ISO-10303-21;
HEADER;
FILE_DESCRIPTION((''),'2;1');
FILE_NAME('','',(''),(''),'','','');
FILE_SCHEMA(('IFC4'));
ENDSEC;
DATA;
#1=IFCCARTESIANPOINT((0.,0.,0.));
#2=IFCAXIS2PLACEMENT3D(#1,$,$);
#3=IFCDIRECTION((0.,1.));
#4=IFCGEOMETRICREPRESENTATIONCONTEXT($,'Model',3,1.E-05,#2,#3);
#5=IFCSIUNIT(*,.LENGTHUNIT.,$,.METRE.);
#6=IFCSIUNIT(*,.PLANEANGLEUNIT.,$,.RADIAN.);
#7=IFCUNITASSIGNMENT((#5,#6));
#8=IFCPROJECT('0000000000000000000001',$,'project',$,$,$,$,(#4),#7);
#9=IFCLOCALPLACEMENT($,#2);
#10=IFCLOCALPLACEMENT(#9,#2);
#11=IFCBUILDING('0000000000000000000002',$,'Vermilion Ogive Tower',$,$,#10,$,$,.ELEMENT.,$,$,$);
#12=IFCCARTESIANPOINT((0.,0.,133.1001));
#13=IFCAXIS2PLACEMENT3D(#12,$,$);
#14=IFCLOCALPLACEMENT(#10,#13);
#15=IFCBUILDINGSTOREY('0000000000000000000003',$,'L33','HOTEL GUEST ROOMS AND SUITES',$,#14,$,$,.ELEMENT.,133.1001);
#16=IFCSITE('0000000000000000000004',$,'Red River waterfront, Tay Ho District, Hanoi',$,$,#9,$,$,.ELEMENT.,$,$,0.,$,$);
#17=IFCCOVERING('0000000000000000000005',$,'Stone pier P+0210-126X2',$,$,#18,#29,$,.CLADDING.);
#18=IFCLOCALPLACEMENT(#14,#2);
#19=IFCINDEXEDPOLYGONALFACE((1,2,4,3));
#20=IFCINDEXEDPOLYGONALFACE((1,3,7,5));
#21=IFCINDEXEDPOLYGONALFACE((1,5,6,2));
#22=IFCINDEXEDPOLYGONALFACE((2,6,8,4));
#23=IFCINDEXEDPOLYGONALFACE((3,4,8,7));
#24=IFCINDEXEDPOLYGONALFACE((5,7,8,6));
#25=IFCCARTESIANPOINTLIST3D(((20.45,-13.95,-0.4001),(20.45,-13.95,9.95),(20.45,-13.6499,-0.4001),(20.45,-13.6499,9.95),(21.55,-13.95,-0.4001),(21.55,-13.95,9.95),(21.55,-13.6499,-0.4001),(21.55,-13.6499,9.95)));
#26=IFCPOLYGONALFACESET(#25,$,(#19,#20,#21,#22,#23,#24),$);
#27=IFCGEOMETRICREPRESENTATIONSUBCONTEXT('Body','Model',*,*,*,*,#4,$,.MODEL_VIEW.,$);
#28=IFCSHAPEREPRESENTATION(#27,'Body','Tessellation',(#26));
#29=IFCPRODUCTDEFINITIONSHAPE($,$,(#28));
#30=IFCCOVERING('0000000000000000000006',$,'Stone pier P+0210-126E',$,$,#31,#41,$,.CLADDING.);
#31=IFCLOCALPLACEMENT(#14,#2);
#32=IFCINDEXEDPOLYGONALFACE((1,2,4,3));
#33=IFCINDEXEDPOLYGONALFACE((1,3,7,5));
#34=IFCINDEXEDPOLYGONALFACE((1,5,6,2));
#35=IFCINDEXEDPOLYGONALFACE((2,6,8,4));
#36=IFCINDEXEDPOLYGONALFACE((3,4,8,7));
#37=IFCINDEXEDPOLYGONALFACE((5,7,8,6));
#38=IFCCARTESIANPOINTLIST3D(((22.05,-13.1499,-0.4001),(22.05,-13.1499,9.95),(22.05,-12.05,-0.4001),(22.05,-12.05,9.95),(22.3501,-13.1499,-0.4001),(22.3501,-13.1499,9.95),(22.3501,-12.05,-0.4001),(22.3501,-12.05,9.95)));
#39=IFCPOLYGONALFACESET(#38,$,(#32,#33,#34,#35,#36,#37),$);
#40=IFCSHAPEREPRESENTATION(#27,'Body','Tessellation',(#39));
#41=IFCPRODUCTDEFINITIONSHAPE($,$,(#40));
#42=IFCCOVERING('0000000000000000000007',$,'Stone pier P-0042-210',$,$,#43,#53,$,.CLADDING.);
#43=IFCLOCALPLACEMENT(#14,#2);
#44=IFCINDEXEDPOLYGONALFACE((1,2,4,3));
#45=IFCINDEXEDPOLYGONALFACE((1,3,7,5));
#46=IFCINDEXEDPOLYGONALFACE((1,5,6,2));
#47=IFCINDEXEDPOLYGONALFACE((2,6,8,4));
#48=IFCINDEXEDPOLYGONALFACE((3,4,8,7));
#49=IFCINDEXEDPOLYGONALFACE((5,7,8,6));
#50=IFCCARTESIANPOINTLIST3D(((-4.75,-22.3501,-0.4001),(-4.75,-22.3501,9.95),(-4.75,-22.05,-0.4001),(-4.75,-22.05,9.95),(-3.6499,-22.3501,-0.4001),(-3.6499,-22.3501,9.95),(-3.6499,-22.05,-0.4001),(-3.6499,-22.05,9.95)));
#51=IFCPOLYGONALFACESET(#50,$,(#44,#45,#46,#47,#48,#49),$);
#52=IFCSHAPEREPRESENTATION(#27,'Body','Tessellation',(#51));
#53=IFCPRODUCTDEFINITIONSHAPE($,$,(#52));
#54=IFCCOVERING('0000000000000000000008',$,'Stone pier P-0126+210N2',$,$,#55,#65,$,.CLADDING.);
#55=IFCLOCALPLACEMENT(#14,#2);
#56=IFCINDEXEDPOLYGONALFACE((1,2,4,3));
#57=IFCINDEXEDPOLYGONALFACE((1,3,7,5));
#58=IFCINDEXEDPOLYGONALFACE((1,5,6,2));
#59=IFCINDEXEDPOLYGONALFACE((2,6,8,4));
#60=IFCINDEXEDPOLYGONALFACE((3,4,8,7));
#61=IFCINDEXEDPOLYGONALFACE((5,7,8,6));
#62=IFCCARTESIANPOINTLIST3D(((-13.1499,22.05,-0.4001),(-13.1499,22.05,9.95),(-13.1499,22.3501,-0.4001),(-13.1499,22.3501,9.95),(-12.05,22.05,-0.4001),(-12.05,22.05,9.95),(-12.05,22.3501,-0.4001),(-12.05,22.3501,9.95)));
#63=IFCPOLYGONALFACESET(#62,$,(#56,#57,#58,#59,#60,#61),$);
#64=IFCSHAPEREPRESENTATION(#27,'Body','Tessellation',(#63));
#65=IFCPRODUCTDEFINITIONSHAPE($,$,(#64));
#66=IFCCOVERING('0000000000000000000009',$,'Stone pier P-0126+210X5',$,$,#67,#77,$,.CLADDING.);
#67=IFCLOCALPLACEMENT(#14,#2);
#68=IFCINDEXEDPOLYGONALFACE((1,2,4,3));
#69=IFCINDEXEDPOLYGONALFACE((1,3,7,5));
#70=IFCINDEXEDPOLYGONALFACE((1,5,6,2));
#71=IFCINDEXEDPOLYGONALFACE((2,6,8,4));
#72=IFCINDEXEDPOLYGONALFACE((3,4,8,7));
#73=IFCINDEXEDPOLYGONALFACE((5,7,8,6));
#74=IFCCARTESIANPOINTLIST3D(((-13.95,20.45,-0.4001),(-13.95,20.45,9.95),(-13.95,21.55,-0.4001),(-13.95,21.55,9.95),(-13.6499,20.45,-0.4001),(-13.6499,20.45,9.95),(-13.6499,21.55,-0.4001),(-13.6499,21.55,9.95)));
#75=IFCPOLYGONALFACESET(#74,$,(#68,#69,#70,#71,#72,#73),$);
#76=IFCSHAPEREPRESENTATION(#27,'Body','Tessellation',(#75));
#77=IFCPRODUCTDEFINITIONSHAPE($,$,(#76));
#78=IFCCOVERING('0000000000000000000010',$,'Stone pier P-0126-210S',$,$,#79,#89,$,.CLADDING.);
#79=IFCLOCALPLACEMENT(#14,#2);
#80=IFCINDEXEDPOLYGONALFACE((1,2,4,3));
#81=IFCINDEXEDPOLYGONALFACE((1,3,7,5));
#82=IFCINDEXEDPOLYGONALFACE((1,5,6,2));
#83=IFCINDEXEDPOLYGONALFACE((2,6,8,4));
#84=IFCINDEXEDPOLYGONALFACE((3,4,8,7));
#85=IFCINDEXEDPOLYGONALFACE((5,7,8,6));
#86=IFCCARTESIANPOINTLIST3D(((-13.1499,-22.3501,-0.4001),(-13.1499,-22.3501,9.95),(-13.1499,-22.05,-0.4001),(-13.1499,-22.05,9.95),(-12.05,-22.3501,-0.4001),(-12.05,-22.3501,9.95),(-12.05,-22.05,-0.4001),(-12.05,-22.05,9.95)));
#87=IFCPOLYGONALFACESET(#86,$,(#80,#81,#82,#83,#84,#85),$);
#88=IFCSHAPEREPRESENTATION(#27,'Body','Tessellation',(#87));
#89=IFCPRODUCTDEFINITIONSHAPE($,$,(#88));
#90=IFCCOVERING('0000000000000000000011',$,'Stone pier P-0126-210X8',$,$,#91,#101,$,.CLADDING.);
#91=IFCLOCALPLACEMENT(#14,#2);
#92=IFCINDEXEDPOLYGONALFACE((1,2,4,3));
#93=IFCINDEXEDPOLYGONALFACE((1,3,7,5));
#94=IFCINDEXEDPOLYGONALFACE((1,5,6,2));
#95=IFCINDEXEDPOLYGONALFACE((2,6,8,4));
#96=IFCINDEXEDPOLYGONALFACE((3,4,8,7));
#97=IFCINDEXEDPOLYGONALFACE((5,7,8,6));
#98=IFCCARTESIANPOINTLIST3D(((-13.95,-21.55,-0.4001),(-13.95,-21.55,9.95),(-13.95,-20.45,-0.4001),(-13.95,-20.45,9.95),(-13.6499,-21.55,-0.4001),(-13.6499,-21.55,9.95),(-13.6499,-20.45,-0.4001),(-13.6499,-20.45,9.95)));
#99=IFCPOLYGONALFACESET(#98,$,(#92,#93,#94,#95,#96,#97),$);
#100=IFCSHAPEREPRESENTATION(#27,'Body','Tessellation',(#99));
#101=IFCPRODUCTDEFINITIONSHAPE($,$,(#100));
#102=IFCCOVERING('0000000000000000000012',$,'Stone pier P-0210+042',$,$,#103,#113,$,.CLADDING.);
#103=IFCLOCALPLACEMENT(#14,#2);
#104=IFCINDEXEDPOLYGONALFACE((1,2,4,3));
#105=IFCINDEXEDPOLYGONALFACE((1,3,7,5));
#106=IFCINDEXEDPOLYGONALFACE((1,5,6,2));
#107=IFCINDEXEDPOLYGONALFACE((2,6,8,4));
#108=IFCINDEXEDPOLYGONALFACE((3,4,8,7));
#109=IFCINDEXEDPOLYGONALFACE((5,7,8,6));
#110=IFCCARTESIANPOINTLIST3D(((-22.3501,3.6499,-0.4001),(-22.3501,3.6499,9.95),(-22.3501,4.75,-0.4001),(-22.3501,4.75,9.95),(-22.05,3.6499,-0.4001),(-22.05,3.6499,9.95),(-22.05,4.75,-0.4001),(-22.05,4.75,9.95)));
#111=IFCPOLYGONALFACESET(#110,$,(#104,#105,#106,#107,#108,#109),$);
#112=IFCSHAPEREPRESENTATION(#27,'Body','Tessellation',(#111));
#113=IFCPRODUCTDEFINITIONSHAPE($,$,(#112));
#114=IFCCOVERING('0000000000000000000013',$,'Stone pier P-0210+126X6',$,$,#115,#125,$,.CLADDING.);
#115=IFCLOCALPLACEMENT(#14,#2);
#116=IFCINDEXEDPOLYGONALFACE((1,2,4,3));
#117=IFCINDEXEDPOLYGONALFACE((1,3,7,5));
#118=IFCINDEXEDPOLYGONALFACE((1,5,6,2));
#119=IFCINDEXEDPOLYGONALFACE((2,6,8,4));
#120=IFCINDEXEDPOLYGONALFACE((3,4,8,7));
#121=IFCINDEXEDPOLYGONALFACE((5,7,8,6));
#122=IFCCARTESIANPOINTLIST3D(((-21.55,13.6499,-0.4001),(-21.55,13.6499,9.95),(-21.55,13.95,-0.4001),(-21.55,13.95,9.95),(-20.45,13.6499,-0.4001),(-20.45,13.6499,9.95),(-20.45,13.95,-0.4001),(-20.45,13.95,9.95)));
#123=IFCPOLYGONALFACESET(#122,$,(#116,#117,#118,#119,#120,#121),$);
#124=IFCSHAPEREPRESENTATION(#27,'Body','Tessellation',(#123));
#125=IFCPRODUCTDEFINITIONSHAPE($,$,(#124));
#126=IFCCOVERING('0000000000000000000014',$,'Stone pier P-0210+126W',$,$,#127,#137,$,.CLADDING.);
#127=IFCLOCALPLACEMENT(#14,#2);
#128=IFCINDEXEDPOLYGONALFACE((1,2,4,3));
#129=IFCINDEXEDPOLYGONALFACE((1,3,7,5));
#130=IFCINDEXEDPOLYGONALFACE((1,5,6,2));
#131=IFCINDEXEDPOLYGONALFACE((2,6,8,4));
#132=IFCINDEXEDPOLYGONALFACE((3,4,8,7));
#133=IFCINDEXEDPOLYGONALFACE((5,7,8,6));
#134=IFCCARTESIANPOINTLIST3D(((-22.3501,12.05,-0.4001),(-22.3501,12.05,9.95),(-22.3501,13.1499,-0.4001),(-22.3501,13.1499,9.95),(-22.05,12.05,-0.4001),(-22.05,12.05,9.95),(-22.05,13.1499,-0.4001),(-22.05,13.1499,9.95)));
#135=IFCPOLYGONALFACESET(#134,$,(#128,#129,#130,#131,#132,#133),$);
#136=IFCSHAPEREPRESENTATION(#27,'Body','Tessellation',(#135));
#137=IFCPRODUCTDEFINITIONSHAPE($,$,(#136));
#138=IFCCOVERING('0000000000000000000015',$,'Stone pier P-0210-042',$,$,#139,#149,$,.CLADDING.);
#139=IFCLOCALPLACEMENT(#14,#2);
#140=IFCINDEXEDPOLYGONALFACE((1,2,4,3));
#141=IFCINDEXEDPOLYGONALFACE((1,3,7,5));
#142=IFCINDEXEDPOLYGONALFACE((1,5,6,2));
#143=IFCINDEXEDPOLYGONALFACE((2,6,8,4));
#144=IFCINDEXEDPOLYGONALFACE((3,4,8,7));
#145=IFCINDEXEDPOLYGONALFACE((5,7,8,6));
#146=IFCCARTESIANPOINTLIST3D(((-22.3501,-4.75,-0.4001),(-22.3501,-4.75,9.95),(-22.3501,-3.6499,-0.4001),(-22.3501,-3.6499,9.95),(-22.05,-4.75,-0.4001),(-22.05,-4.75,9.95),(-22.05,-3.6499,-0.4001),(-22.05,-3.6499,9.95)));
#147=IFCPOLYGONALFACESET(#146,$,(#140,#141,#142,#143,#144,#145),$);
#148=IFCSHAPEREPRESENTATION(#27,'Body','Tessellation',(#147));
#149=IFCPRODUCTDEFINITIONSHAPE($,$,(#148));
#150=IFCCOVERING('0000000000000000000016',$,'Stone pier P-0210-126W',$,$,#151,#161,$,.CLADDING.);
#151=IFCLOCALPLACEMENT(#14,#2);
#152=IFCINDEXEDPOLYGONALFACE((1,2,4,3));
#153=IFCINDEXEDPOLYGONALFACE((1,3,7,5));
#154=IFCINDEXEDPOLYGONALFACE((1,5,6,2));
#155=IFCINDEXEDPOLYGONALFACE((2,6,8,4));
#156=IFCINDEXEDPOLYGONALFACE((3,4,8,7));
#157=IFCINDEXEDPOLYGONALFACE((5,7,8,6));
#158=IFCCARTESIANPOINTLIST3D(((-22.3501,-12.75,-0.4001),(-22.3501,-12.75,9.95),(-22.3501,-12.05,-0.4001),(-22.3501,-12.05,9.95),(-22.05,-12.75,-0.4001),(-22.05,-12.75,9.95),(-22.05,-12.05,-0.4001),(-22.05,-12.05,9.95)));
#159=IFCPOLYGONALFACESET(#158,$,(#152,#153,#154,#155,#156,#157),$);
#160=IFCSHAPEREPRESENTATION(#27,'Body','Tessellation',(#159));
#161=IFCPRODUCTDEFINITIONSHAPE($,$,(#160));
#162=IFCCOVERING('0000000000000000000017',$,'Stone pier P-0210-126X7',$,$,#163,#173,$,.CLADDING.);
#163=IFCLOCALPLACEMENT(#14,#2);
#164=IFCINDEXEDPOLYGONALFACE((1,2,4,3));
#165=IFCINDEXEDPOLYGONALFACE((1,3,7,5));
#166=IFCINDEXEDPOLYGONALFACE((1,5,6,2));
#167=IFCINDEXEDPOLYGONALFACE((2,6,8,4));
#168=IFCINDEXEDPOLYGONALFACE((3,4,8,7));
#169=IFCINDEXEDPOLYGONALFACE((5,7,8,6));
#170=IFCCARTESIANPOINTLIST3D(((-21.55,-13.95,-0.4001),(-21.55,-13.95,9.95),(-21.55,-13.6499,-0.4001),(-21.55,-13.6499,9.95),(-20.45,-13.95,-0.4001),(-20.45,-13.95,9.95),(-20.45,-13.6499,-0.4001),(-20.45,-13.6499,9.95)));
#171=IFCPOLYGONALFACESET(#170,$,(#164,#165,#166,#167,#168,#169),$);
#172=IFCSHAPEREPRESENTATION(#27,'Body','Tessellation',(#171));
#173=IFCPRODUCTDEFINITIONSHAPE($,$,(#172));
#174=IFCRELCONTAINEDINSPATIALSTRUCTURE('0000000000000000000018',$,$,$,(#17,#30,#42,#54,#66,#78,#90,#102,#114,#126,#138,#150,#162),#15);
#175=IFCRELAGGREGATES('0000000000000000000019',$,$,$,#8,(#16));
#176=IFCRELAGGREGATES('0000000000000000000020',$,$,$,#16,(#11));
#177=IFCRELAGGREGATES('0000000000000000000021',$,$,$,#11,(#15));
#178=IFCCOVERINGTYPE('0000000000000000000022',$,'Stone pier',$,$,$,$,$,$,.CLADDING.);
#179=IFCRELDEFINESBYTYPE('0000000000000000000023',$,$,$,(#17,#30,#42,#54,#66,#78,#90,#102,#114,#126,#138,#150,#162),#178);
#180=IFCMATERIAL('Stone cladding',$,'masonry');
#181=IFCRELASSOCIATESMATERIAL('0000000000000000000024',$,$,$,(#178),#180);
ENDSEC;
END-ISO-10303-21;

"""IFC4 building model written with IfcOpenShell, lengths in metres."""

from ifc_helpers import new_model, si_unit, direction, frame, origin, place, context, subcontext, project, spatial, polyline, outline, extrude, material, type_object, element, save


model = new_model("IFC4")

# Units and contexts
model_context = context("Model", 3, precision=1e-05, world=origin(), true_north=direction((0.0, 1.0)))
body_context = subcontext(model_context, "Body", "Model", "MODEL_VIEW")
ifc_project = project(units=[si_unit("LENGTHUNIT", "METRE"), si_unit("PLANEANGLEUNIT", "RADIAN")], contexts=[model_context])

# Site, building, storey
site_placement = place(None, origin())
site = spatial("IfcSite", under=ifc_project, at=site_placement, Name="Red River waterfront, Tay Ho District, Hanoi", CompositionType="ELEMENT", RefElevation=0.0)
building_placement = place(site_placement, origin())
building = spatial("IfcBuilding", under=site, at=building_placement, Name="Vermilion Ogive Tower", CompositionType="ELEMENT")
storey_placement = place(building_placement, frame((0.0, 0.0, 133.1001)))
storey = spatial("IfcBuildingStorey", under=building, at=storey_placement, Name="L33", Description="HOTEL GUEST ROOMS AND SUITES", CompositionType="ELEMENT", Elevation=133.1001)

# Coverings
ifc_material_1 = material(Name="Stone cladding", Category="masonry")
covering_type = type_object("IfcCoveringType", Name="Stone pier", PredefinedType="CLADDING", material=ifc_material_1)
covering_1_placement = place(storey_placement, frame((0.0, 0.0, -0.4001)))
element("IfcCovering", 1, at=covering_1_placement, inside=storey, type_object=covering_type, Name="Stone pier P+0210-126X2", PredefinedType="CLADDING", context=body_context, shape_type="SweptSolid", body=[
    extrude(outline(polyline([(21.55, -13.95), (20.45, -13.95), (20.45, -13.6499), (21.55, -13.6499), (21.55, -13.95)])), origin(), (0.0, 0.0, 1.0), 10.3501),
])
covering_2_placement = place(storey_placement, frame((0.0, 0.0, -0.4001)))
element("IfcCovering", 2, at=covering_2_placement, inside=storey, type_object=covering_type, Name="Stone pier P+0210-126E", PredefinedType="CLADDING", context=body_context, shape_type="SweptSolid", body=[
    extrude(outline(polyline([(22.3501, -13.1499), (22.05, -13.1499), (22.05, -12.05), (22.3501, -12.05), (22.3501, -13.1499)])), origin(), (0.0, 0.0, 1.0), 10.3501),
])
covering_3_placement = place(storey_placement, frame((0.0, 0.0, -0.4001)))
element("IfcCovering", 3, at=covering_3_placement, inside=storey, type_object=covering_type, Name="Stone pier P-0042-210", PredefinedType="CLADDING", context=body_context, shape_type="SweptSolid", body=[
    extrude(outline(polyline([(-3.6499, -22.3501), (-4.75, -22.3501), (-4.75, -22.05), (-3.6499, -22.05), (-3.6499, -22.3501)])), origin(), (0.0, 0.0, 1.0), 10.3501),
])
covering_4_placement = place(storey_placement, frame((0.0, 0.0, -0.4001)))
element("IfcCovering", 4, at=covering_4_placement, inside=storey, type_object=covering_type, Name="Stone pier P-0126+210N2", PredefinedType="CLADDING", context=body_context, shape_type="SweptSolid", body=[
    extrude(outline(polyline([(-13.1499, 22.3501), (-12.05, 22.3501), (-12.05, 22.05), (-13.1499, 22.05), (-13.1499, 22.3501)])), origin(), (0.0, 0.0, 1.0), 10.3501),
])
covering_5_placement = place(storey_placement, frame((0.0, 0.0, -0.4001)))
element("IfcCovering", 5, at=covering_5_placement, inside=storey, type_object=covering_type, Name="Stone pier P-0126+210X5", PredefinedType="CLADDING", context=body_context, shape_type="SweptSolid", body=[
    extrude(outline(polyline([(-13.95, 21.55), (-13.6499, 21.55), (-13.6499, 20.45), (-13.95, 20.45), (-13.95, 21.55)])), origin(), (0.0, 0.0, 1.0), 10.3501),
])
covering_6_placement = place(storey_placement, frame((0.0, 0.0, -0.4001)))
element("IfcCovering", 6, at=covering_6_placement, inside=storey, type_object=covering_type, Name="Stone pier P-0126-210S", PredefinedType="CLADDING", context=body_context, shape_type="SweptSolid", body=[
    extrude(outline(polyline([(-12.05, -22.3501), (-13.1499, -22.3501), (-13.1499, -22.05), (-12.05, -22.05), (-12.05, -22.3501)])), origin(), (0.0, 0.0, 1.0), 10.3501),
])
covering_7_placement = place(storey_placement, frame((0.0, 0.0, -0.4001)))
element("IfcCovering", 7, at=covering_7_placement, inside=storey, type_object=covering_type, Name="Stone pier P-0126-210X8", PredefinedType="CLADDING", context=body_context, shape_type="SweptSolid", body=[
    extrude(outline(polyline([(-13.95, -20.45), (-13.6499, -20.45), (-13.6499, -21.55), (-13.95, -21.55), (-13.95, -20.45)])), origin(), (0.0, 0.0, 1.0), 10.3501),
])
covering_8_placement = place(storey_placement, frame((0.0, 0.0, -0.4001)))
element("IfcCovering", 8, at=covering_8_placement, inside=storey, type_object=covering_type, Name="Stone pier P-0210+042", PredefinedType="CLADDING", context=body_context, shape_type="SweptSolid", body=[
    extrude(outline(polyline([(-22.3501, 3.6499), (-22.3501, 4.75), (-22.05, 4.75), (-22.05, 3.6499), (-22.3501, 3.6499)])), origin(), (0.0, 0.0, 1.0), 10.3501),
])
covering_9_placement = place(storey_placement, frame((0.0, 0.0, -0.4001)))
element("IfcCovering", 9, at=covering_9_placement, inside=storey, type_object=covering_type, Name="Stone pier P-0210+126X6", PredefinedType="CLADDING", context=body_context, shape_type="SweptSolid", body=[
    extrude(outline(polyline([(-21.55, 13.95), (-20.45, 13.95), (-20.45, 13.6499), (-21.55, 13.6499), (-21.55, 13.95)])), origin(), (0.0, 0.0, 1.0), 10.3501),
])
covering_10_placement = place(storey_placement, frame((0.0, 0.0, -0.4001)))
element("IfcCovering", 10, at=covering_10_placement, inside=storey, type_object=covering_type, Name="Stone pier P-0210+126W", PredefinedType="CLADDING", context=body_context, shape_type="SweptSolid", body=[
    extrude(outline(polyline([(-22.3501, 13.1499), (-22.05, 13.1499), (-22.05, 12.05), (-22.3501, 12.05), (-22.3501, 13.1499)])), origin(), (0.0, 0.0, 1.0), 10.3501),
])
covering_11_placement = place(storey_placement, frame((0.0, 0.0, -0.4001)))
element("IfcCovering", 11, at=covering_11_placement, inside=storey, type_object=covering_type, Name="Stone pier P-0210-042", PredefinedType="CLADDING", context=body_context, shape_type="SweptSolid", body=[
    extrude(outline(polyline([(-22.3501, -4.75), (-22.3501, -3.6499), (-22.05, -3.6499), (-22.05, -4.75), (-22.3501, -4.75)])), origin(), (0.0, 0.0, 1.0), 10.3501),
])
covering_12_placement = place(storey_placement, frame((0.0, 0.0, -0.4001)))
element("IfcCovering", 12, at=covering_12_placement, inside=storey, type_object=covering_type, Name="Stone pier P-0210-126W", PredefinedType="CLADDING", context=body_context, shape_type="SweptSolid", body=[
    extrude(outline(polyline([(-22.3501, -12.05), (-22.05, -12.05), (-22.05, -12.75), (-22.3501, -12.75), (-22.3501, -12.05)])), origin(), (0.0, 0.0, 1.0), 10.3501),
])
covering_13_placement = place(storey_placement, frame((0.0, 0.0, -0.4001)))
element("IfcCovering", 13, at=covering_13_placement, inside=storey, type_object=covering_type, Name="Stone pier P-0210-126X7", PredefinedType="CLADDING", context=body_context, shape_type="SweptSolid", body=[
    extrude(outline(polyline([(-21.55, -13.95), (-21.55, -13.6499), (-20.45, -13.6499), (-20.45, -13.95), (-21.55, -13.95)])), origin(), (0.0, 0.0, 1.0), 10.3501),
])

save(model, "model.ifc")
